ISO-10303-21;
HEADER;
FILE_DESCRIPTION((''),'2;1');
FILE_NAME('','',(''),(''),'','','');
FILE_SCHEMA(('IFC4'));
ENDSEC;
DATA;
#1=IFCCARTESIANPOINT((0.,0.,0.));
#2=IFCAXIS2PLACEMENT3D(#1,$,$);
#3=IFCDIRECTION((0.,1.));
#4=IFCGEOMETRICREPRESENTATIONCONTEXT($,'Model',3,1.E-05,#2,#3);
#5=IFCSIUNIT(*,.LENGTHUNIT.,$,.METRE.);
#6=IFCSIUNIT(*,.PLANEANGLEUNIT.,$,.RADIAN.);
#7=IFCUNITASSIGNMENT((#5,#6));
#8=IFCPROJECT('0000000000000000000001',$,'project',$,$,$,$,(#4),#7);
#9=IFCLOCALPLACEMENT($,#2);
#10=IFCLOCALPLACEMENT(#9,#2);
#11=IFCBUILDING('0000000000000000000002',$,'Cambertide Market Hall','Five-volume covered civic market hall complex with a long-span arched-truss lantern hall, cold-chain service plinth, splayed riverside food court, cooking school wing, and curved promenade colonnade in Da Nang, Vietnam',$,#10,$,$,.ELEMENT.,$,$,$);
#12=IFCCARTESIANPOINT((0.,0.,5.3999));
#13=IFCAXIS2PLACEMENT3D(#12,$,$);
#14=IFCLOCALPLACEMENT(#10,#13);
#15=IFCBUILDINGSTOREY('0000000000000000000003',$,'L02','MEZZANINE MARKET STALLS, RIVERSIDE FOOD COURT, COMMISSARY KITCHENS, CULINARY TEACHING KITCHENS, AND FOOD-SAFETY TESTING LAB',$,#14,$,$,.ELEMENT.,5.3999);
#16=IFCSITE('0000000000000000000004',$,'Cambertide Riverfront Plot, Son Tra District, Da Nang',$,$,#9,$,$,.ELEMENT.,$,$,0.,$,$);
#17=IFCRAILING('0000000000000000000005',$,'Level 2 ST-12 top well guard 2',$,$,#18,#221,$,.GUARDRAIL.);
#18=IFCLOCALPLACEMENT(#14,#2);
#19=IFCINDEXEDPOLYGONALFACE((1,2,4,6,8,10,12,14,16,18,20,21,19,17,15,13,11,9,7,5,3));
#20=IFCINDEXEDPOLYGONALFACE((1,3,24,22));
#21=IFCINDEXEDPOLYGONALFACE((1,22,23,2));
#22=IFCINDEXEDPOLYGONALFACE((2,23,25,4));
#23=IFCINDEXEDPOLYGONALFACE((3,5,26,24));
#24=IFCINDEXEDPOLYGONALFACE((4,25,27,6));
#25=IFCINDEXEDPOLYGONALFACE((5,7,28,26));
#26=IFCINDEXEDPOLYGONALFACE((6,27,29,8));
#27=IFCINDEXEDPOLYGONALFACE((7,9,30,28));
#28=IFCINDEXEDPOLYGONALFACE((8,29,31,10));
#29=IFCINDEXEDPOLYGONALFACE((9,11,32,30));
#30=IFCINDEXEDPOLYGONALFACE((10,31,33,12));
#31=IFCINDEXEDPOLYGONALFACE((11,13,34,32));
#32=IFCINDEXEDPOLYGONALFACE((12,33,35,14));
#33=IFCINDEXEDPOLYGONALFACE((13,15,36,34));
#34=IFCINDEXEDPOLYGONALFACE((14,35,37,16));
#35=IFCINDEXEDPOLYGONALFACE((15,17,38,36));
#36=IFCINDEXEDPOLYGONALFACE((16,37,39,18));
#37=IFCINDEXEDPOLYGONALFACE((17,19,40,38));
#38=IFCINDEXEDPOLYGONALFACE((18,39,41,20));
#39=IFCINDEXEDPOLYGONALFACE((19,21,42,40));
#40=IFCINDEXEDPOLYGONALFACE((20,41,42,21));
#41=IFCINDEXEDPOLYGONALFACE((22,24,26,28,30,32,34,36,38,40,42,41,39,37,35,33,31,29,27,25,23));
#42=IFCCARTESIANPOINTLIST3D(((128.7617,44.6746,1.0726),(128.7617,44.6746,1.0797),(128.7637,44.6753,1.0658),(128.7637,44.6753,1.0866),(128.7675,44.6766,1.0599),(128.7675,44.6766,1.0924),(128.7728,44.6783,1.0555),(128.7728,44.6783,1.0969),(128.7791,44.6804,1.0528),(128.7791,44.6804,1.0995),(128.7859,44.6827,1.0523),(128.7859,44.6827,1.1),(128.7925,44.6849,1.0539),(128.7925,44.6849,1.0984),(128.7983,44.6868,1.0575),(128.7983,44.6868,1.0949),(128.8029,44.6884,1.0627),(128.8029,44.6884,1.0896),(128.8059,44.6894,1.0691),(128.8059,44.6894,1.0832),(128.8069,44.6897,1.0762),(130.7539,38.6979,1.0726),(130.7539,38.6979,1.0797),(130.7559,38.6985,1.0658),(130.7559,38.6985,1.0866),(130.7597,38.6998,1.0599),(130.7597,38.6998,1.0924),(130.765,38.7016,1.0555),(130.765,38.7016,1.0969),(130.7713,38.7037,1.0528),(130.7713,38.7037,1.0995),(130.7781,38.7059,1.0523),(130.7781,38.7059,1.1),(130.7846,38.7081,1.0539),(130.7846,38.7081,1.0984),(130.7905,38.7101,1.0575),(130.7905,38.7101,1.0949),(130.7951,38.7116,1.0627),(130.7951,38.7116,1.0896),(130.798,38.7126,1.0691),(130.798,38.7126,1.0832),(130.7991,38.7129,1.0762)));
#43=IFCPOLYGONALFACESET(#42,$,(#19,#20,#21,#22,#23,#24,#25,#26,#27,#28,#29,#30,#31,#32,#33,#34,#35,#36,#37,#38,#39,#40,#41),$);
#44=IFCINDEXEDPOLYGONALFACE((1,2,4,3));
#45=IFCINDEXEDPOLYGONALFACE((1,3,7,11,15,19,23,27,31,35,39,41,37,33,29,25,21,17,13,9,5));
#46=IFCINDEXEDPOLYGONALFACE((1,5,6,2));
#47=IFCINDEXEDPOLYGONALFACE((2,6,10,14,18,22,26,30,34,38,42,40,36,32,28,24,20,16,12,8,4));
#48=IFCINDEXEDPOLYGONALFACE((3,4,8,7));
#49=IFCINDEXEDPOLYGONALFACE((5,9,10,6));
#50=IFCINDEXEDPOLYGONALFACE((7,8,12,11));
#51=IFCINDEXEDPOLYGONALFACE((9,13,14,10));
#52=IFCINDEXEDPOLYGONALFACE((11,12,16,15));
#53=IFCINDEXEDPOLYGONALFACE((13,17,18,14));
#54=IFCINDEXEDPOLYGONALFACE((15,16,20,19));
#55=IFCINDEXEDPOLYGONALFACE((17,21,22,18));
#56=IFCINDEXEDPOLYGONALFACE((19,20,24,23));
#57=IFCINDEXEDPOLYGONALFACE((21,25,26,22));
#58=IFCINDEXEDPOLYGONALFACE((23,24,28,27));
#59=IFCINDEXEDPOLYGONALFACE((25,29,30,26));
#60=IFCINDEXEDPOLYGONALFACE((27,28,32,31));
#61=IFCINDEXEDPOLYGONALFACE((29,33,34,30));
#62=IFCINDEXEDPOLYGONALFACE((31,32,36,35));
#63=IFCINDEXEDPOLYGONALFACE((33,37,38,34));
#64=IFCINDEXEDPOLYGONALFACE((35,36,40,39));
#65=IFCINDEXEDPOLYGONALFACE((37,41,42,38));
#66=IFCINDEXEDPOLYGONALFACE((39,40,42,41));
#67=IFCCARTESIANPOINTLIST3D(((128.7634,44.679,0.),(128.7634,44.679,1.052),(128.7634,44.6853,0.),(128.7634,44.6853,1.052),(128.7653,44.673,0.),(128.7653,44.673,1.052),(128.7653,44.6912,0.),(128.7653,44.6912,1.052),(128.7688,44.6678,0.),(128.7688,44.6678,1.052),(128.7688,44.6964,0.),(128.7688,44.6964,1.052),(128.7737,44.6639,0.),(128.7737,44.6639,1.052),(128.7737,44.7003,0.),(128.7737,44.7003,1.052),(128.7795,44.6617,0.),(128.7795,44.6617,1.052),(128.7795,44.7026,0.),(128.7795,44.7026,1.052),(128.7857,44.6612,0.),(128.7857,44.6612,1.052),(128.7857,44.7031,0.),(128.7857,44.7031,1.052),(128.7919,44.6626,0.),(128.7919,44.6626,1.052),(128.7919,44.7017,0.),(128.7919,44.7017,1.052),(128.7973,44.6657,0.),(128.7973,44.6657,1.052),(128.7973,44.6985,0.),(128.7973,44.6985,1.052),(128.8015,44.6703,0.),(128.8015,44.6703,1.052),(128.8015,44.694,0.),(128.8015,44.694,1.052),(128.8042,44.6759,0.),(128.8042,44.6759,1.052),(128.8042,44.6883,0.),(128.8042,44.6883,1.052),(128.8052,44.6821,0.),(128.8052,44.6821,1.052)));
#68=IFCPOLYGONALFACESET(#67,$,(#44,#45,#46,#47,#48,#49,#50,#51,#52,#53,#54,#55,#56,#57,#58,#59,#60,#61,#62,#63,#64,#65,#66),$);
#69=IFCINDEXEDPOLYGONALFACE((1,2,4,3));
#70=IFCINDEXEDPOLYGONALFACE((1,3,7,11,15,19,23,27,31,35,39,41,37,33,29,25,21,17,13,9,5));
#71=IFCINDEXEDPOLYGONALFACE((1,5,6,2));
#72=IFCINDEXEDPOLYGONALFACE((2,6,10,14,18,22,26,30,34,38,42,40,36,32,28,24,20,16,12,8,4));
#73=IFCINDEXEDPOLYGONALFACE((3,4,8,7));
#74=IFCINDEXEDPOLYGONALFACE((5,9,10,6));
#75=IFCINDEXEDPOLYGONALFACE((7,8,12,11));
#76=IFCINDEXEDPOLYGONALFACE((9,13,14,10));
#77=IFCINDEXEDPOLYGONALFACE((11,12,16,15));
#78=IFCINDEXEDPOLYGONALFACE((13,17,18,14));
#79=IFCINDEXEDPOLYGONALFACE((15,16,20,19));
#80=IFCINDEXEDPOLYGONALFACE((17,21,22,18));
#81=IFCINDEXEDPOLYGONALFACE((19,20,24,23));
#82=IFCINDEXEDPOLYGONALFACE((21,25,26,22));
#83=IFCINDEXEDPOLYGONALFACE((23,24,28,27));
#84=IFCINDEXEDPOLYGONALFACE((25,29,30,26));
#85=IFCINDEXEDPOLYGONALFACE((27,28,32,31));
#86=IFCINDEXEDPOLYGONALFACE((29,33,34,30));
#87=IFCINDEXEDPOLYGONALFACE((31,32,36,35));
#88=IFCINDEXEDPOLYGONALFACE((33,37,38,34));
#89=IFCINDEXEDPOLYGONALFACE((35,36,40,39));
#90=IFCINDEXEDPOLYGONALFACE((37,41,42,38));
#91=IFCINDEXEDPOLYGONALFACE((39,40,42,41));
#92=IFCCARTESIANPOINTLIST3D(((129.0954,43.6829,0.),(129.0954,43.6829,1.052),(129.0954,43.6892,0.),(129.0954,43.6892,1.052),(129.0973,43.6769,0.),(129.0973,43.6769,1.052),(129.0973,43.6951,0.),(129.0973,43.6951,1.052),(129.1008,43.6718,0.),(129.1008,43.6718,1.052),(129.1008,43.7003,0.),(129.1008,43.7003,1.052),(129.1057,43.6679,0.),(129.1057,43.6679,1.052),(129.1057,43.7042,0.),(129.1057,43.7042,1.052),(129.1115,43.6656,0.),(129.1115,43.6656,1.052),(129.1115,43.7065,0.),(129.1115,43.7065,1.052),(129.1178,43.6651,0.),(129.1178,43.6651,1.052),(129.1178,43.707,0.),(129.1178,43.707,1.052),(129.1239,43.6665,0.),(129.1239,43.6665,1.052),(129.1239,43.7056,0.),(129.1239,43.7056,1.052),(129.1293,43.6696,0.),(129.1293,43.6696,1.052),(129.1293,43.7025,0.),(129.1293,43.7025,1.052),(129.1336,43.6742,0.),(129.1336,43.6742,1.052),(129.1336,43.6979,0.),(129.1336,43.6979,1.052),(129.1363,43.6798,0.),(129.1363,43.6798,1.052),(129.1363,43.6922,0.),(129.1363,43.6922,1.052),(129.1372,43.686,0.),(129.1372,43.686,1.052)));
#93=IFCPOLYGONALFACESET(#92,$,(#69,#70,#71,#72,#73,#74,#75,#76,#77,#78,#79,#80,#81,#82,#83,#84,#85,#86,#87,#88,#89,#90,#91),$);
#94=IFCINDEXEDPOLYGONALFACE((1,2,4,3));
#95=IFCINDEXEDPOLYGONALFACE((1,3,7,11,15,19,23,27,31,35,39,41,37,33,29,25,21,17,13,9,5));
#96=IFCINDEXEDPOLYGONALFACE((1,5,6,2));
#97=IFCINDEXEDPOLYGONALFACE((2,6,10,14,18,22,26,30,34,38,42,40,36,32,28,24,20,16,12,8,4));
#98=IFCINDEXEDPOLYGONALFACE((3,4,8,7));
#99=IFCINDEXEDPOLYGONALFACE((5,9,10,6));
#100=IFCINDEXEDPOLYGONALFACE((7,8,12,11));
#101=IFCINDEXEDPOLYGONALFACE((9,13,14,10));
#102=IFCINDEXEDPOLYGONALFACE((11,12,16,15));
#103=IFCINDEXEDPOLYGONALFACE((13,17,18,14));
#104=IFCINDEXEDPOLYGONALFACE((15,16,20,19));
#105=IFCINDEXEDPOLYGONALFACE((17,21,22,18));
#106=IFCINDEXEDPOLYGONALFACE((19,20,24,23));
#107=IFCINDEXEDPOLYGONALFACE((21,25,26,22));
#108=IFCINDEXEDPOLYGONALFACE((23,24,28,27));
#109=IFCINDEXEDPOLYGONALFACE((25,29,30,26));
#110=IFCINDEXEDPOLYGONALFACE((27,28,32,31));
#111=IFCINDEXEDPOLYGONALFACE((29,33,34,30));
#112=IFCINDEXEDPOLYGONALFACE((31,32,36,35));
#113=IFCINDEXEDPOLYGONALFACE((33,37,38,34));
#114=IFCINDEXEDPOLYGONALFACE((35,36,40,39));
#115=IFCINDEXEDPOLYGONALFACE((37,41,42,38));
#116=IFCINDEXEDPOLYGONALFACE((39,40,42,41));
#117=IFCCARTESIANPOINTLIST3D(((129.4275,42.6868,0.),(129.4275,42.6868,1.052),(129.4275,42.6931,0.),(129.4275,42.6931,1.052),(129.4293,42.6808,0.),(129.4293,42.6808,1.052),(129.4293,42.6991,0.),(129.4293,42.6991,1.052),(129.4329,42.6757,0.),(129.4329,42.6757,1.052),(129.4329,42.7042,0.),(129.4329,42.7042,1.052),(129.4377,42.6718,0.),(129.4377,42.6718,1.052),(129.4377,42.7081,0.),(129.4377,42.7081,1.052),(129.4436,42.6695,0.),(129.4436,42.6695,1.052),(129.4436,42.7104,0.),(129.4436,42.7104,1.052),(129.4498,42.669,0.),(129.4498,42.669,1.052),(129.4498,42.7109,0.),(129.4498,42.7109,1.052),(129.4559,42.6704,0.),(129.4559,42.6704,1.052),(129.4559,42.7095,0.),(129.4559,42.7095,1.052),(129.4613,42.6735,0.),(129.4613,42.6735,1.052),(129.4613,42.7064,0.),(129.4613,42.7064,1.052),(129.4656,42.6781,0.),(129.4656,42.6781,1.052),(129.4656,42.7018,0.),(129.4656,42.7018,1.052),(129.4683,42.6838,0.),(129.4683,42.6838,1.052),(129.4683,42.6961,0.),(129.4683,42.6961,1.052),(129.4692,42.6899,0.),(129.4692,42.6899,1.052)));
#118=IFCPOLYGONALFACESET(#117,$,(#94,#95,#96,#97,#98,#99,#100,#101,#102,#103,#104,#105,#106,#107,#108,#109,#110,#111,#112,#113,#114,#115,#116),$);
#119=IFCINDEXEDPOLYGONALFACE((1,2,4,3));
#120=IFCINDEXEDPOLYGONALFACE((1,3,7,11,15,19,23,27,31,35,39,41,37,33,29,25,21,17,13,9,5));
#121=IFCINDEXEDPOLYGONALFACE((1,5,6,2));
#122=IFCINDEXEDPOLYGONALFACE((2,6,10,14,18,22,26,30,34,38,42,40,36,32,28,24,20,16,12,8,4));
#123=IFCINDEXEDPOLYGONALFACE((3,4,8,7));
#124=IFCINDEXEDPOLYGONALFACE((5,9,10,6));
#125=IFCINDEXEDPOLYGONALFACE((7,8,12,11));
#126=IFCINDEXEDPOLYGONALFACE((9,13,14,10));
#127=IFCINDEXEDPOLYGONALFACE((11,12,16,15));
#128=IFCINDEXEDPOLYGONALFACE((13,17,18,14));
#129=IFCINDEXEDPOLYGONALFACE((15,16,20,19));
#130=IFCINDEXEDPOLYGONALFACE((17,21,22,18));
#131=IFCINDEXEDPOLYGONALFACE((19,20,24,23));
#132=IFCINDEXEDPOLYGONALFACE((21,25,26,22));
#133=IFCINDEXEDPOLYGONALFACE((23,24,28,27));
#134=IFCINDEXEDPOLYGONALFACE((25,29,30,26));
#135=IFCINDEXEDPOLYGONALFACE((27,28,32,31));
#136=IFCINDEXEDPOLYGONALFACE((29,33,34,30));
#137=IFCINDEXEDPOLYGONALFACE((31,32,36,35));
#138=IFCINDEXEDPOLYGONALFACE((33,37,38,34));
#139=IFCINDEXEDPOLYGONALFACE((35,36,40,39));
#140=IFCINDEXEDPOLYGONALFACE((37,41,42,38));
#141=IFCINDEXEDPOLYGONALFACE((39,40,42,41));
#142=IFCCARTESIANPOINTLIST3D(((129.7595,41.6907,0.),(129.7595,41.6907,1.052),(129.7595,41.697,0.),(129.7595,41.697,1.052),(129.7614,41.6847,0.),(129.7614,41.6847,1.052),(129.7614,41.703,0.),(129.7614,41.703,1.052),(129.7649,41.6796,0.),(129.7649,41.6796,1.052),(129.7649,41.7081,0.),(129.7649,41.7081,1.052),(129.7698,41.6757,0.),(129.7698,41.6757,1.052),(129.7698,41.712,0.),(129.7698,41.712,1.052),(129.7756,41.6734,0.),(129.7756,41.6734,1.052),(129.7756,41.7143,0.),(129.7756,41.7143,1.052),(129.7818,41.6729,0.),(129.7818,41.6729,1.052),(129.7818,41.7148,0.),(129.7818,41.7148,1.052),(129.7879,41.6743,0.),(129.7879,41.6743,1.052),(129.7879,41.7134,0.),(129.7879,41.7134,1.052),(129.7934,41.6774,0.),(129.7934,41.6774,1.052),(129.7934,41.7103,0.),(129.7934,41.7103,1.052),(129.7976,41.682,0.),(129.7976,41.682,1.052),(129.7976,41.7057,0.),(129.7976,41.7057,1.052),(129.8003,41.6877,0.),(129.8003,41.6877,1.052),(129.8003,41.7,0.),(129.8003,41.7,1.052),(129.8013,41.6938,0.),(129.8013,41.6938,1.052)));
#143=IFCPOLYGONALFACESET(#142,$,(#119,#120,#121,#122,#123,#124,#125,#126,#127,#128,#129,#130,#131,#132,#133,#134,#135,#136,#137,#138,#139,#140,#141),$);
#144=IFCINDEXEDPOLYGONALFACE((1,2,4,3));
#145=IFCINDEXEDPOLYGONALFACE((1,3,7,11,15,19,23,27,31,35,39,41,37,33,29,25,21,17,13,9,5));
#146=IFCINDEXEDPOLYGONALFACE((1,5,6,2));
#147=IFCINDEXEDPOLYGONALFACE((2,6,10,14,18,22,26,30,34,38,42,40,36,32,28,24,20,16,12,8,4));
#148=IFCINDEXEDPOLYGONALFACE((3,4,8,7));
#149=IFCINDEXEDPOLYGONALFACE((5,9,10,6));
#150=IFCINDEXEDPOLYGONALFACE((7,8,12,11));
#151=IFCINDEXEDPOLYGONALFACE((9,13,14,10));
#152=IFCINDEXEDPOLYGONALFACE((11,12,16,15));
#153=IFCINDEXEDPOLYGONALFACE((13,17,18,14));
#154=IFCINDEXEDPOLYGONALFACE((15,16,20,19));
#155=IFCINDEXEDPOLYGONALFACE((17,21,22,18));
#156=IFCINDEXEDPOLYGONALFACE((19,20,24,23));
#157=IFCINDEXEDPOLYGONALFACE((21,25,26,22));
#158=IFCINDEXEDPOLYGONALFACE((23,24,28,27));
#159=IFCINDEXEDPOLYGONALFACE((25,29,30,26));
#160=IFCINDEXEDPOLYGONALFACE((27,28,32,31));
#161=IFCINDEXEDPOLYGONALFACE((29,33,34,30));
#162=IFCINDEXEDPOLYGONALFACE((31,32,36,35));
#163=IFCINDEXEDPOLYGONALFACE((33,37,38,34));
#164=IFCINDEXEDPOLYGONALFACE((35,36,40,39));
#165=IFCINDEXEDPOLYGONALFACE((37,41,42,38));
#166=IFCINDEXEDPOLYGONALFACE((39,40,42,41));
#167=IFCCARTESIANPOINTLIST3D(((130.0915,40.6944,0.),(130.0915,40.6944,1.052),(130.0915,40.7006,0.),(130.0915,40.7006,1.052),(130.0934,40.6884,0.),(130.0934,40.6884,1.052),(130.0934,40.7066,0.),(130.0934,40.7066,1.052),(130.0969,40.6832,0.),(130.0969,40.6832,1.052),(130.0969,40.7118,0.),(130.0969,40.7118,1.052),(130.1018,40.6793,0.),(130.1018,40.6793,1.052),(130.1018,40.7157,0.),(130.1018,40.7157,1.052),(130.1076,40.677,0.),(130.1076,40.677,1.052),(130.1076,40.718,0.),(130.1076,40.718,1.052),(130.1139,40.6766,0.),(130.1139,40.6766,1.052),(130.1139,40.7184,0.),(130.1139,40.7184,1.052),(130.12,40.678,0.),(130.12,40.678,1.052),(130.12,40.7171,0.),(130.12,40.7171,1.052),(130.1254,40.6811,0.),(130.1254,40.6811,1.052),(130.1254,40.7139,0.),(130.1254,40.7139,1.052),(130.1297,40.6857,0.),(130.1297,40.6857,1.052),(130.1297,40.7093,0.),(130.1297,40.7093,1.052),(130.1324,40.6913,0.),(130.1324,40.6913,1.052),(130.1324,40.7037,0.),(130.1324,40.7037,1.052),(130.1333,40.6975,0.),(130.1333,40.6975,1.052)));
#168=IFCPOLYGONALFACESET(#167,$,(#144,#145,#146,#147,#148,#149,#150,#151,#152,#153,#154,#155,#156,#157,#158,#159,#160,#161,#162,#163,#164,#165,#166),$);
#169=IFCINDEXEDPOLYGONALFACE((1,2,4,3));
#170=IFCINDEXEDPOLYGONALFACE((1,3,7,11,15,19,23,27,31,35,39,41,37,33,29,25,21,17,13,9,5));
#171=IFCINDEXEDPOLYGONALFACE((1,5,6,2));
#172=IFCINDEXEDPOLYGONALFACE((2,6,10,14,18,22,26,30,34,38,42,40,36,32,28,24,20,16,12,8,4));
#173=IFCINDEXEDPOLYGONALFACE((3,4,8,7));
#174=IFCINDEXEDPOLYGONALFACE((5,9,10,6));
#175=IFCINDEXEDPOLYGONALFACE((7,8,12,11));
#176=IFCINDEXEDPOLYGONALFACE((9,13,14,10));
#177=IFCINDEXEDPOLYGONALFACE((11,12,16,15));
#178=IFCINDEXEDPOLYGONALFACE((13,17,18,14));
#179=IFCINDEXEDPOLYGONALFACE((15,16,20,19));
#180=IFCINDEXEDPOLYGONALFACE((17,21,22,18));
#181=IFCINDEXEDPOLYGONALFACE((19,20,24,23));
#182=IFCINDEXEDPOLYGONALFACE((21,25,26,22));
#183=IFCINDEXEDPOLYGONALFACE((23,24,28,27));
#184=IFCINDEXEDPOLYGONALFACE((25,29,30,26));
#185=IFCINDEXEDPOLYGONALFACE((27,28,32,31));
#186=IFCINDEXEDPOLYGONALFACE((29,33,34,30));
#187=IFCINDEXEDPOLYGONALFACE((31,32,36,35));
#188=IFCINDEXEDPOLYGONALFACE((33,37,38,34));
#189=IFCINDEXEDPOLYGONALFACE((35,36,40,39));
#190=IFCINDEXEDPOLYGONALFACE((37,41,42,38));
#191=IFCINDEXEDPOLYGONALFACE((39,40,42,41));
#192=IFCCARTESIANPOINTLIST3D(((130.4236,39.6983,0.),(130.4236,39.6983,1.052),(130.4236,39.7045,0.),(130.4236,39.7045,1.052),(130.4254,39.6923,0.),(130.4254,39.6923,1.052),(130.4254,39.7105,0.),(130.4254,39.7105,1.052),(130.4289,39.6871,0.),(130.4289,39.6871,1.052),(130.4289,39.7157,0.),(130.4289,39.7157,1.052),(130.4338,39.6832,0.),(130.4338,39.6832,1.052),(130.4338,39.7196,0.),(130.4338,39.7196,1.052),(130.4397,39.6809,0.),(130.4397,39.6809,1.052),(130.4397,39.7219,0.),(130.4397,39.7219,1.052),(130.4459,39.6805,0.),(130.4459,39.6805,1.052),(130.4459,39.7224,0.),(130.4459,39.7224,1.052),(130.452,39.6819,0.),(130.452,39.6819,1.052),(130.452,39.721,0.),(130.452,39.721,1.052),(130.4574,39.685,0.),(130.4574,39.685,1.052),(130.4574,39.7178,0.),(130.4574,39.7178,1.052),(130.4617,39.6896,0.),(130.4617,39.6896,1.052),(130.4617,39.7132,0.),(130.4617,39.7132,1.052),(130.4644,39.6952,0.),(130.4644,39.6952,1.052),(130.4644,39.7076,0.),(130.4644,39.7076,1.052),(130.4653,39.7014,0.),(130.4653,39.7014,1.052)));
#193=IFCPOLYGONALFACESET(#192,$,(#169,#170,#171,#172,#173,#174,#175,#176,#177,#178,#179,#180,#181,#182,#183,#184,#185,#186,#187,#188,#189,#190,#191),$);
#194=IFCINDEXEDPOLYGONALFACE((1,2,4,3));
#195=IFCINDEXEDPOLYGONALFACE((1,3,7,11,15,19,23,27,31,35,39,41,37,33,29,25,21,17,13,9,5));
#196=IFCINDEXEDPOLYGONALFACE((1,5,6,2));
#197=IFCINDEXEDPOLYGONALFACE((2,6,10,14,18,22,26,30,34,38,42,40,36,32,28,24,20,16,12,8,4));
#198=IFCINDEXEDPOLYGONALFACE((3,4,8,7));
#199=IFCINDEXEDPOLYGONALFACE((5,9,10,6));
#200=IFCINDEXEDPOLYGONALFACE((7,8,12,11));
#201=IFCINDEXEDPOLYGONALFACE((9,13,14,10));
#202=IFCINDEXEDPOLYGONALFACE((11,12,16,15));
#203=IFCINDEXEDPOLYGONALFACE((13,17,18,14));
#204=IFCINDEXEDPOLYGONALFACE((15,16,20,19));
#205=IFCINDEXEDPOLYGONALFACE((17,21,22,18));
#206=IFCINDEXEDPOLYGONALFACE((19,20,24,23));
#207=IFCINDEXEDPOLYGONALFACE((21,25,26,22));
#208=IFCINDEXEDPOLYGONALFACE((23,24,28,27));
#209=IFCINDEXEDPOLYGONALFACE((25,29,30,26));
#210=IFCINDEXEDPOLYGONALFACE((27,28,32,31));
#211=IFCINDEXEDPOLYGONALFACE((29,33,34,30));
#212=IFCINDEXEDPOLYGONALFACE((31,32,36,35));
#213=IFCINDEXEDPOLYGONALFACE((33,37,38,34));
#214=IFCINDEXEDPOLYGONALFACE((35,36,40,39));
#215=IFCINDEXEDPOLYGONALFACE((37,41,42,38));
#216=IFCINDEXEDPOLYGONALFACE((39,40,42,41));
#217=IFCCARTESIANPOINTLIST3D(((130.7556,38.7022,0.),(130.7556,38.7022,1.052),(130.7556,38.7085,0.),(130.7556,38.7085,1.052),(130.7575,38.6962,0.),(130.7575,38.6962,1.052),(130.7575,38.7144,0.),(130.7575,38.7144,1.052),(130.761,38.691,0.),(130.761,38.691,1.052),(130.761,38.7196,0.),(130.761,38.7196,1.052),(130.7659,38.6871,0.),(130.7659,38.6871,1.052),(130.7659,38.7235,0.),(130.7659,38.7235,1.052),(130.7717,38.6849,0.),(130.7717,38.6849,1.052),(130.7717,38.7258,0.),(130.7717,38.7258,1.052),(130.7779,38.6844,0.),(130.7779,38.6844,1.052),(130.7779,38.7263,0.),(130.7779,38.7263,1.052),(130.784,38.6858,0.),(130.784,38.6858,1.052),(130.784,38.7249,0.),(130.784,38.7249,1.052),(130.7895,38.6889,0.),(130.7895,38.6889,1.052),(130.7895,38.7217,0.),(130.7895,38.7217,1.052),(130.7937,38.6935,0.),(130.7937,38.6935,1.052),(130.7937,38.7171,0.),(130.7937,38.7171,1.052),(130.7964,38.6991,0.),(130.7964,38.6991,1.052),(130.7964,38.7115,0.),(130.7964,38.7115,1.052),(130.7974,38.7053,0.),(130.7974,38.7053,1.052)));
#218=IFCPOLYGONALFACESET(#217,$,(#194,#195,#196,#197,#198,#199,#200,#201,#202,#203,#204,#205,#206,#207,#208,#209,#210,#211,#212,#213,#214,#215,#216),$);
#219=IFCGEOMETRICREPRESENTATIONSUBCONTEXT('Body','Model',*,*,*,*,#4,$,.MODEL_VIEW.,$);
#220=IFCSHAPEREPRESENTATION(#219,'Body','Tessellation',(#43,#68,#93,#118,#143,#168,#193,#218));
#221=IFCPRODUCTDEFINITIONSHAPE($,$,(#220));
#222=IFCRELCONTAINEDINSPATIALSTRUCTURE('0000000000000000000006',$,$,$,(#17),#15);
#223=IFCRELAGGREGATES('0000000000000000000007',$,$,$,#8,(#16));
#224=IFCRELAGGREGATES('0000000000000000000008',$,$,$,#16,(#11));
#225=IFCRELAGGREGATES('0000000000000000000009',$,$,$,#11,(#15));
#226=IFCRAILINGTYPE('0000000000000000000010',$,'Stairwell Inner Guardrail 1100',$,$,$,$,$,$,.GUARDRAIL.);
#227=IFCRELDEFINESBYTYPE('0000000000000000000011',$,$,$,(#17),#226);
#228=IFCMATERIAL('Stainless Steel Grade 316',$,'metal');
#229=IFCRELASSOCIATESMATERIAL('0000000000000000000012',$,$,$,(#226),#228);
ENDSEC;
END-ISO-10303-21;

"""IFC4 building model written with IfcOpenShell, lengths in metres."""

from ifc_helpers import new_model, si_unit, direction, frame, origin, origin_2d, place, context, subcontext, project, spatial, circle, extrude, material, type_object, element, save


model = new_model("IFC4")

# Units and contexts
model_context = context("Model", 3, precision=1e-05, world=origin(), true_north=direction((0.0, 1.0)))
body_context = subcontext(model_context, "Body", "Model", "MODEL_VIEW")
ifc_project = project(units=[si_unit("LENGTHUNIT", "METRE"), si_unit("PLANEANGLEUNIT", "RADIAN")], contexts=[model_context])

# Site, building, storey
site_placement = place(None, origin())
site = spatial("IfcSite", under=ifc_project, at=site_placement, Name="Cambertide Riverfront Plot, Son Tra District, Da Nang", CompositionType="ELEMENT", RefElevation=0.0)
building_placement = place(site_placement, origin())
building = spatial("IfcBuilding", under=site, at=building_placement, Name="Cambertide Market Hall", Description="Five-volume covered civic market hall complex with a long-span arched-truss lantern hall, cold-chain service plinth, splayed riverside food court, cooking school wing, and curved promenade colonnade in Da Nang, Vietnam", CompositionType="ELEMENT")
storey_placement = place(building_placement, frame((0.0, 0.0, 5.3999)))
storey = spatial("IfcBuildingStorey", under=building, at=storey_placement, Name="L02", Description="MEZZANINE MARKET STALLS, RIVERSIDE FOOD COURT, COMMISSARY KITCHENS, CULINARY TEACHING KITCHENS, AND FOOD-SAFETY TESTING LAB", CompositionType="ELEMENT", Elevation=5.3999)

# Railing
ifc_material_1 = material(Name="Stainless Steel Grade 316", Category="metal")
railing_type = type_object("IfcRailingType", Name="Stairwell Inner Guardrail 1100", PredefinedType="GUARDRAIL", material=ifc_material_1)
railing_1_placement = place(storey_placement, frame((128.7842, 44.6821, 0.0)))
element("IfcRailing", 1, at=railing_1_placement, inside=storey, type_object=railing_type, Name="Level 2 ST-12 top well guard 2", PredefinedType="GUARDRAIL", context=body_context, shape_type="SweptSolid", body=[
    extrude(circle(Radius=0.0239, at=origin_2d()), frame((0.0, 0.0, 1.0762), z_axis=(0.316216, -0.948687, 0.0), x_axis=(0.948687, 0.316216, 0.0)), (0.0, 0.0, 1.0), 6.3),
    extrude(circle(Radius=0.021, at=origin_2d()), origin(), (0.0, 0.0, 1.0), 1.052),
    extrude(circle(Radius=0.021, at=origin_2d()), frame((0.332, -0.9961, 0.0)), (0.0, 0.0, 1.0), 1.052),
    extrude(circle(Radius=0.021, at=origin_2d()), frame((0.6641, -1.9922, 0.0)), (0.0, 0.0, 1.0), 1.052),
    extrude(circle(Radius=0.021, at=origin_2d()), frame((0.9961, -2.9883, 0.0)), (0.0, 0.0, 1.0), 1.052),
    extrude(circle(Radius=0.021, at=origin_2d()), frame((1.3281, -3.9846, 0.0)), (0.0, 0.0, 1.0), 1.052),
    extrude(circle(Radius=0.021, at=origin_2d()), frame((1.6602, -4.9807, 0.0)), (0.0, 0.0, 1.0), 1.052),
    extrude(circle(Radius=0.021, at=origin_2d()), frame((1.9922, -5.9768, 0.0)), (0.0, 0.0, 1.0), 1.052),
])

save(model, "model.ifc")
